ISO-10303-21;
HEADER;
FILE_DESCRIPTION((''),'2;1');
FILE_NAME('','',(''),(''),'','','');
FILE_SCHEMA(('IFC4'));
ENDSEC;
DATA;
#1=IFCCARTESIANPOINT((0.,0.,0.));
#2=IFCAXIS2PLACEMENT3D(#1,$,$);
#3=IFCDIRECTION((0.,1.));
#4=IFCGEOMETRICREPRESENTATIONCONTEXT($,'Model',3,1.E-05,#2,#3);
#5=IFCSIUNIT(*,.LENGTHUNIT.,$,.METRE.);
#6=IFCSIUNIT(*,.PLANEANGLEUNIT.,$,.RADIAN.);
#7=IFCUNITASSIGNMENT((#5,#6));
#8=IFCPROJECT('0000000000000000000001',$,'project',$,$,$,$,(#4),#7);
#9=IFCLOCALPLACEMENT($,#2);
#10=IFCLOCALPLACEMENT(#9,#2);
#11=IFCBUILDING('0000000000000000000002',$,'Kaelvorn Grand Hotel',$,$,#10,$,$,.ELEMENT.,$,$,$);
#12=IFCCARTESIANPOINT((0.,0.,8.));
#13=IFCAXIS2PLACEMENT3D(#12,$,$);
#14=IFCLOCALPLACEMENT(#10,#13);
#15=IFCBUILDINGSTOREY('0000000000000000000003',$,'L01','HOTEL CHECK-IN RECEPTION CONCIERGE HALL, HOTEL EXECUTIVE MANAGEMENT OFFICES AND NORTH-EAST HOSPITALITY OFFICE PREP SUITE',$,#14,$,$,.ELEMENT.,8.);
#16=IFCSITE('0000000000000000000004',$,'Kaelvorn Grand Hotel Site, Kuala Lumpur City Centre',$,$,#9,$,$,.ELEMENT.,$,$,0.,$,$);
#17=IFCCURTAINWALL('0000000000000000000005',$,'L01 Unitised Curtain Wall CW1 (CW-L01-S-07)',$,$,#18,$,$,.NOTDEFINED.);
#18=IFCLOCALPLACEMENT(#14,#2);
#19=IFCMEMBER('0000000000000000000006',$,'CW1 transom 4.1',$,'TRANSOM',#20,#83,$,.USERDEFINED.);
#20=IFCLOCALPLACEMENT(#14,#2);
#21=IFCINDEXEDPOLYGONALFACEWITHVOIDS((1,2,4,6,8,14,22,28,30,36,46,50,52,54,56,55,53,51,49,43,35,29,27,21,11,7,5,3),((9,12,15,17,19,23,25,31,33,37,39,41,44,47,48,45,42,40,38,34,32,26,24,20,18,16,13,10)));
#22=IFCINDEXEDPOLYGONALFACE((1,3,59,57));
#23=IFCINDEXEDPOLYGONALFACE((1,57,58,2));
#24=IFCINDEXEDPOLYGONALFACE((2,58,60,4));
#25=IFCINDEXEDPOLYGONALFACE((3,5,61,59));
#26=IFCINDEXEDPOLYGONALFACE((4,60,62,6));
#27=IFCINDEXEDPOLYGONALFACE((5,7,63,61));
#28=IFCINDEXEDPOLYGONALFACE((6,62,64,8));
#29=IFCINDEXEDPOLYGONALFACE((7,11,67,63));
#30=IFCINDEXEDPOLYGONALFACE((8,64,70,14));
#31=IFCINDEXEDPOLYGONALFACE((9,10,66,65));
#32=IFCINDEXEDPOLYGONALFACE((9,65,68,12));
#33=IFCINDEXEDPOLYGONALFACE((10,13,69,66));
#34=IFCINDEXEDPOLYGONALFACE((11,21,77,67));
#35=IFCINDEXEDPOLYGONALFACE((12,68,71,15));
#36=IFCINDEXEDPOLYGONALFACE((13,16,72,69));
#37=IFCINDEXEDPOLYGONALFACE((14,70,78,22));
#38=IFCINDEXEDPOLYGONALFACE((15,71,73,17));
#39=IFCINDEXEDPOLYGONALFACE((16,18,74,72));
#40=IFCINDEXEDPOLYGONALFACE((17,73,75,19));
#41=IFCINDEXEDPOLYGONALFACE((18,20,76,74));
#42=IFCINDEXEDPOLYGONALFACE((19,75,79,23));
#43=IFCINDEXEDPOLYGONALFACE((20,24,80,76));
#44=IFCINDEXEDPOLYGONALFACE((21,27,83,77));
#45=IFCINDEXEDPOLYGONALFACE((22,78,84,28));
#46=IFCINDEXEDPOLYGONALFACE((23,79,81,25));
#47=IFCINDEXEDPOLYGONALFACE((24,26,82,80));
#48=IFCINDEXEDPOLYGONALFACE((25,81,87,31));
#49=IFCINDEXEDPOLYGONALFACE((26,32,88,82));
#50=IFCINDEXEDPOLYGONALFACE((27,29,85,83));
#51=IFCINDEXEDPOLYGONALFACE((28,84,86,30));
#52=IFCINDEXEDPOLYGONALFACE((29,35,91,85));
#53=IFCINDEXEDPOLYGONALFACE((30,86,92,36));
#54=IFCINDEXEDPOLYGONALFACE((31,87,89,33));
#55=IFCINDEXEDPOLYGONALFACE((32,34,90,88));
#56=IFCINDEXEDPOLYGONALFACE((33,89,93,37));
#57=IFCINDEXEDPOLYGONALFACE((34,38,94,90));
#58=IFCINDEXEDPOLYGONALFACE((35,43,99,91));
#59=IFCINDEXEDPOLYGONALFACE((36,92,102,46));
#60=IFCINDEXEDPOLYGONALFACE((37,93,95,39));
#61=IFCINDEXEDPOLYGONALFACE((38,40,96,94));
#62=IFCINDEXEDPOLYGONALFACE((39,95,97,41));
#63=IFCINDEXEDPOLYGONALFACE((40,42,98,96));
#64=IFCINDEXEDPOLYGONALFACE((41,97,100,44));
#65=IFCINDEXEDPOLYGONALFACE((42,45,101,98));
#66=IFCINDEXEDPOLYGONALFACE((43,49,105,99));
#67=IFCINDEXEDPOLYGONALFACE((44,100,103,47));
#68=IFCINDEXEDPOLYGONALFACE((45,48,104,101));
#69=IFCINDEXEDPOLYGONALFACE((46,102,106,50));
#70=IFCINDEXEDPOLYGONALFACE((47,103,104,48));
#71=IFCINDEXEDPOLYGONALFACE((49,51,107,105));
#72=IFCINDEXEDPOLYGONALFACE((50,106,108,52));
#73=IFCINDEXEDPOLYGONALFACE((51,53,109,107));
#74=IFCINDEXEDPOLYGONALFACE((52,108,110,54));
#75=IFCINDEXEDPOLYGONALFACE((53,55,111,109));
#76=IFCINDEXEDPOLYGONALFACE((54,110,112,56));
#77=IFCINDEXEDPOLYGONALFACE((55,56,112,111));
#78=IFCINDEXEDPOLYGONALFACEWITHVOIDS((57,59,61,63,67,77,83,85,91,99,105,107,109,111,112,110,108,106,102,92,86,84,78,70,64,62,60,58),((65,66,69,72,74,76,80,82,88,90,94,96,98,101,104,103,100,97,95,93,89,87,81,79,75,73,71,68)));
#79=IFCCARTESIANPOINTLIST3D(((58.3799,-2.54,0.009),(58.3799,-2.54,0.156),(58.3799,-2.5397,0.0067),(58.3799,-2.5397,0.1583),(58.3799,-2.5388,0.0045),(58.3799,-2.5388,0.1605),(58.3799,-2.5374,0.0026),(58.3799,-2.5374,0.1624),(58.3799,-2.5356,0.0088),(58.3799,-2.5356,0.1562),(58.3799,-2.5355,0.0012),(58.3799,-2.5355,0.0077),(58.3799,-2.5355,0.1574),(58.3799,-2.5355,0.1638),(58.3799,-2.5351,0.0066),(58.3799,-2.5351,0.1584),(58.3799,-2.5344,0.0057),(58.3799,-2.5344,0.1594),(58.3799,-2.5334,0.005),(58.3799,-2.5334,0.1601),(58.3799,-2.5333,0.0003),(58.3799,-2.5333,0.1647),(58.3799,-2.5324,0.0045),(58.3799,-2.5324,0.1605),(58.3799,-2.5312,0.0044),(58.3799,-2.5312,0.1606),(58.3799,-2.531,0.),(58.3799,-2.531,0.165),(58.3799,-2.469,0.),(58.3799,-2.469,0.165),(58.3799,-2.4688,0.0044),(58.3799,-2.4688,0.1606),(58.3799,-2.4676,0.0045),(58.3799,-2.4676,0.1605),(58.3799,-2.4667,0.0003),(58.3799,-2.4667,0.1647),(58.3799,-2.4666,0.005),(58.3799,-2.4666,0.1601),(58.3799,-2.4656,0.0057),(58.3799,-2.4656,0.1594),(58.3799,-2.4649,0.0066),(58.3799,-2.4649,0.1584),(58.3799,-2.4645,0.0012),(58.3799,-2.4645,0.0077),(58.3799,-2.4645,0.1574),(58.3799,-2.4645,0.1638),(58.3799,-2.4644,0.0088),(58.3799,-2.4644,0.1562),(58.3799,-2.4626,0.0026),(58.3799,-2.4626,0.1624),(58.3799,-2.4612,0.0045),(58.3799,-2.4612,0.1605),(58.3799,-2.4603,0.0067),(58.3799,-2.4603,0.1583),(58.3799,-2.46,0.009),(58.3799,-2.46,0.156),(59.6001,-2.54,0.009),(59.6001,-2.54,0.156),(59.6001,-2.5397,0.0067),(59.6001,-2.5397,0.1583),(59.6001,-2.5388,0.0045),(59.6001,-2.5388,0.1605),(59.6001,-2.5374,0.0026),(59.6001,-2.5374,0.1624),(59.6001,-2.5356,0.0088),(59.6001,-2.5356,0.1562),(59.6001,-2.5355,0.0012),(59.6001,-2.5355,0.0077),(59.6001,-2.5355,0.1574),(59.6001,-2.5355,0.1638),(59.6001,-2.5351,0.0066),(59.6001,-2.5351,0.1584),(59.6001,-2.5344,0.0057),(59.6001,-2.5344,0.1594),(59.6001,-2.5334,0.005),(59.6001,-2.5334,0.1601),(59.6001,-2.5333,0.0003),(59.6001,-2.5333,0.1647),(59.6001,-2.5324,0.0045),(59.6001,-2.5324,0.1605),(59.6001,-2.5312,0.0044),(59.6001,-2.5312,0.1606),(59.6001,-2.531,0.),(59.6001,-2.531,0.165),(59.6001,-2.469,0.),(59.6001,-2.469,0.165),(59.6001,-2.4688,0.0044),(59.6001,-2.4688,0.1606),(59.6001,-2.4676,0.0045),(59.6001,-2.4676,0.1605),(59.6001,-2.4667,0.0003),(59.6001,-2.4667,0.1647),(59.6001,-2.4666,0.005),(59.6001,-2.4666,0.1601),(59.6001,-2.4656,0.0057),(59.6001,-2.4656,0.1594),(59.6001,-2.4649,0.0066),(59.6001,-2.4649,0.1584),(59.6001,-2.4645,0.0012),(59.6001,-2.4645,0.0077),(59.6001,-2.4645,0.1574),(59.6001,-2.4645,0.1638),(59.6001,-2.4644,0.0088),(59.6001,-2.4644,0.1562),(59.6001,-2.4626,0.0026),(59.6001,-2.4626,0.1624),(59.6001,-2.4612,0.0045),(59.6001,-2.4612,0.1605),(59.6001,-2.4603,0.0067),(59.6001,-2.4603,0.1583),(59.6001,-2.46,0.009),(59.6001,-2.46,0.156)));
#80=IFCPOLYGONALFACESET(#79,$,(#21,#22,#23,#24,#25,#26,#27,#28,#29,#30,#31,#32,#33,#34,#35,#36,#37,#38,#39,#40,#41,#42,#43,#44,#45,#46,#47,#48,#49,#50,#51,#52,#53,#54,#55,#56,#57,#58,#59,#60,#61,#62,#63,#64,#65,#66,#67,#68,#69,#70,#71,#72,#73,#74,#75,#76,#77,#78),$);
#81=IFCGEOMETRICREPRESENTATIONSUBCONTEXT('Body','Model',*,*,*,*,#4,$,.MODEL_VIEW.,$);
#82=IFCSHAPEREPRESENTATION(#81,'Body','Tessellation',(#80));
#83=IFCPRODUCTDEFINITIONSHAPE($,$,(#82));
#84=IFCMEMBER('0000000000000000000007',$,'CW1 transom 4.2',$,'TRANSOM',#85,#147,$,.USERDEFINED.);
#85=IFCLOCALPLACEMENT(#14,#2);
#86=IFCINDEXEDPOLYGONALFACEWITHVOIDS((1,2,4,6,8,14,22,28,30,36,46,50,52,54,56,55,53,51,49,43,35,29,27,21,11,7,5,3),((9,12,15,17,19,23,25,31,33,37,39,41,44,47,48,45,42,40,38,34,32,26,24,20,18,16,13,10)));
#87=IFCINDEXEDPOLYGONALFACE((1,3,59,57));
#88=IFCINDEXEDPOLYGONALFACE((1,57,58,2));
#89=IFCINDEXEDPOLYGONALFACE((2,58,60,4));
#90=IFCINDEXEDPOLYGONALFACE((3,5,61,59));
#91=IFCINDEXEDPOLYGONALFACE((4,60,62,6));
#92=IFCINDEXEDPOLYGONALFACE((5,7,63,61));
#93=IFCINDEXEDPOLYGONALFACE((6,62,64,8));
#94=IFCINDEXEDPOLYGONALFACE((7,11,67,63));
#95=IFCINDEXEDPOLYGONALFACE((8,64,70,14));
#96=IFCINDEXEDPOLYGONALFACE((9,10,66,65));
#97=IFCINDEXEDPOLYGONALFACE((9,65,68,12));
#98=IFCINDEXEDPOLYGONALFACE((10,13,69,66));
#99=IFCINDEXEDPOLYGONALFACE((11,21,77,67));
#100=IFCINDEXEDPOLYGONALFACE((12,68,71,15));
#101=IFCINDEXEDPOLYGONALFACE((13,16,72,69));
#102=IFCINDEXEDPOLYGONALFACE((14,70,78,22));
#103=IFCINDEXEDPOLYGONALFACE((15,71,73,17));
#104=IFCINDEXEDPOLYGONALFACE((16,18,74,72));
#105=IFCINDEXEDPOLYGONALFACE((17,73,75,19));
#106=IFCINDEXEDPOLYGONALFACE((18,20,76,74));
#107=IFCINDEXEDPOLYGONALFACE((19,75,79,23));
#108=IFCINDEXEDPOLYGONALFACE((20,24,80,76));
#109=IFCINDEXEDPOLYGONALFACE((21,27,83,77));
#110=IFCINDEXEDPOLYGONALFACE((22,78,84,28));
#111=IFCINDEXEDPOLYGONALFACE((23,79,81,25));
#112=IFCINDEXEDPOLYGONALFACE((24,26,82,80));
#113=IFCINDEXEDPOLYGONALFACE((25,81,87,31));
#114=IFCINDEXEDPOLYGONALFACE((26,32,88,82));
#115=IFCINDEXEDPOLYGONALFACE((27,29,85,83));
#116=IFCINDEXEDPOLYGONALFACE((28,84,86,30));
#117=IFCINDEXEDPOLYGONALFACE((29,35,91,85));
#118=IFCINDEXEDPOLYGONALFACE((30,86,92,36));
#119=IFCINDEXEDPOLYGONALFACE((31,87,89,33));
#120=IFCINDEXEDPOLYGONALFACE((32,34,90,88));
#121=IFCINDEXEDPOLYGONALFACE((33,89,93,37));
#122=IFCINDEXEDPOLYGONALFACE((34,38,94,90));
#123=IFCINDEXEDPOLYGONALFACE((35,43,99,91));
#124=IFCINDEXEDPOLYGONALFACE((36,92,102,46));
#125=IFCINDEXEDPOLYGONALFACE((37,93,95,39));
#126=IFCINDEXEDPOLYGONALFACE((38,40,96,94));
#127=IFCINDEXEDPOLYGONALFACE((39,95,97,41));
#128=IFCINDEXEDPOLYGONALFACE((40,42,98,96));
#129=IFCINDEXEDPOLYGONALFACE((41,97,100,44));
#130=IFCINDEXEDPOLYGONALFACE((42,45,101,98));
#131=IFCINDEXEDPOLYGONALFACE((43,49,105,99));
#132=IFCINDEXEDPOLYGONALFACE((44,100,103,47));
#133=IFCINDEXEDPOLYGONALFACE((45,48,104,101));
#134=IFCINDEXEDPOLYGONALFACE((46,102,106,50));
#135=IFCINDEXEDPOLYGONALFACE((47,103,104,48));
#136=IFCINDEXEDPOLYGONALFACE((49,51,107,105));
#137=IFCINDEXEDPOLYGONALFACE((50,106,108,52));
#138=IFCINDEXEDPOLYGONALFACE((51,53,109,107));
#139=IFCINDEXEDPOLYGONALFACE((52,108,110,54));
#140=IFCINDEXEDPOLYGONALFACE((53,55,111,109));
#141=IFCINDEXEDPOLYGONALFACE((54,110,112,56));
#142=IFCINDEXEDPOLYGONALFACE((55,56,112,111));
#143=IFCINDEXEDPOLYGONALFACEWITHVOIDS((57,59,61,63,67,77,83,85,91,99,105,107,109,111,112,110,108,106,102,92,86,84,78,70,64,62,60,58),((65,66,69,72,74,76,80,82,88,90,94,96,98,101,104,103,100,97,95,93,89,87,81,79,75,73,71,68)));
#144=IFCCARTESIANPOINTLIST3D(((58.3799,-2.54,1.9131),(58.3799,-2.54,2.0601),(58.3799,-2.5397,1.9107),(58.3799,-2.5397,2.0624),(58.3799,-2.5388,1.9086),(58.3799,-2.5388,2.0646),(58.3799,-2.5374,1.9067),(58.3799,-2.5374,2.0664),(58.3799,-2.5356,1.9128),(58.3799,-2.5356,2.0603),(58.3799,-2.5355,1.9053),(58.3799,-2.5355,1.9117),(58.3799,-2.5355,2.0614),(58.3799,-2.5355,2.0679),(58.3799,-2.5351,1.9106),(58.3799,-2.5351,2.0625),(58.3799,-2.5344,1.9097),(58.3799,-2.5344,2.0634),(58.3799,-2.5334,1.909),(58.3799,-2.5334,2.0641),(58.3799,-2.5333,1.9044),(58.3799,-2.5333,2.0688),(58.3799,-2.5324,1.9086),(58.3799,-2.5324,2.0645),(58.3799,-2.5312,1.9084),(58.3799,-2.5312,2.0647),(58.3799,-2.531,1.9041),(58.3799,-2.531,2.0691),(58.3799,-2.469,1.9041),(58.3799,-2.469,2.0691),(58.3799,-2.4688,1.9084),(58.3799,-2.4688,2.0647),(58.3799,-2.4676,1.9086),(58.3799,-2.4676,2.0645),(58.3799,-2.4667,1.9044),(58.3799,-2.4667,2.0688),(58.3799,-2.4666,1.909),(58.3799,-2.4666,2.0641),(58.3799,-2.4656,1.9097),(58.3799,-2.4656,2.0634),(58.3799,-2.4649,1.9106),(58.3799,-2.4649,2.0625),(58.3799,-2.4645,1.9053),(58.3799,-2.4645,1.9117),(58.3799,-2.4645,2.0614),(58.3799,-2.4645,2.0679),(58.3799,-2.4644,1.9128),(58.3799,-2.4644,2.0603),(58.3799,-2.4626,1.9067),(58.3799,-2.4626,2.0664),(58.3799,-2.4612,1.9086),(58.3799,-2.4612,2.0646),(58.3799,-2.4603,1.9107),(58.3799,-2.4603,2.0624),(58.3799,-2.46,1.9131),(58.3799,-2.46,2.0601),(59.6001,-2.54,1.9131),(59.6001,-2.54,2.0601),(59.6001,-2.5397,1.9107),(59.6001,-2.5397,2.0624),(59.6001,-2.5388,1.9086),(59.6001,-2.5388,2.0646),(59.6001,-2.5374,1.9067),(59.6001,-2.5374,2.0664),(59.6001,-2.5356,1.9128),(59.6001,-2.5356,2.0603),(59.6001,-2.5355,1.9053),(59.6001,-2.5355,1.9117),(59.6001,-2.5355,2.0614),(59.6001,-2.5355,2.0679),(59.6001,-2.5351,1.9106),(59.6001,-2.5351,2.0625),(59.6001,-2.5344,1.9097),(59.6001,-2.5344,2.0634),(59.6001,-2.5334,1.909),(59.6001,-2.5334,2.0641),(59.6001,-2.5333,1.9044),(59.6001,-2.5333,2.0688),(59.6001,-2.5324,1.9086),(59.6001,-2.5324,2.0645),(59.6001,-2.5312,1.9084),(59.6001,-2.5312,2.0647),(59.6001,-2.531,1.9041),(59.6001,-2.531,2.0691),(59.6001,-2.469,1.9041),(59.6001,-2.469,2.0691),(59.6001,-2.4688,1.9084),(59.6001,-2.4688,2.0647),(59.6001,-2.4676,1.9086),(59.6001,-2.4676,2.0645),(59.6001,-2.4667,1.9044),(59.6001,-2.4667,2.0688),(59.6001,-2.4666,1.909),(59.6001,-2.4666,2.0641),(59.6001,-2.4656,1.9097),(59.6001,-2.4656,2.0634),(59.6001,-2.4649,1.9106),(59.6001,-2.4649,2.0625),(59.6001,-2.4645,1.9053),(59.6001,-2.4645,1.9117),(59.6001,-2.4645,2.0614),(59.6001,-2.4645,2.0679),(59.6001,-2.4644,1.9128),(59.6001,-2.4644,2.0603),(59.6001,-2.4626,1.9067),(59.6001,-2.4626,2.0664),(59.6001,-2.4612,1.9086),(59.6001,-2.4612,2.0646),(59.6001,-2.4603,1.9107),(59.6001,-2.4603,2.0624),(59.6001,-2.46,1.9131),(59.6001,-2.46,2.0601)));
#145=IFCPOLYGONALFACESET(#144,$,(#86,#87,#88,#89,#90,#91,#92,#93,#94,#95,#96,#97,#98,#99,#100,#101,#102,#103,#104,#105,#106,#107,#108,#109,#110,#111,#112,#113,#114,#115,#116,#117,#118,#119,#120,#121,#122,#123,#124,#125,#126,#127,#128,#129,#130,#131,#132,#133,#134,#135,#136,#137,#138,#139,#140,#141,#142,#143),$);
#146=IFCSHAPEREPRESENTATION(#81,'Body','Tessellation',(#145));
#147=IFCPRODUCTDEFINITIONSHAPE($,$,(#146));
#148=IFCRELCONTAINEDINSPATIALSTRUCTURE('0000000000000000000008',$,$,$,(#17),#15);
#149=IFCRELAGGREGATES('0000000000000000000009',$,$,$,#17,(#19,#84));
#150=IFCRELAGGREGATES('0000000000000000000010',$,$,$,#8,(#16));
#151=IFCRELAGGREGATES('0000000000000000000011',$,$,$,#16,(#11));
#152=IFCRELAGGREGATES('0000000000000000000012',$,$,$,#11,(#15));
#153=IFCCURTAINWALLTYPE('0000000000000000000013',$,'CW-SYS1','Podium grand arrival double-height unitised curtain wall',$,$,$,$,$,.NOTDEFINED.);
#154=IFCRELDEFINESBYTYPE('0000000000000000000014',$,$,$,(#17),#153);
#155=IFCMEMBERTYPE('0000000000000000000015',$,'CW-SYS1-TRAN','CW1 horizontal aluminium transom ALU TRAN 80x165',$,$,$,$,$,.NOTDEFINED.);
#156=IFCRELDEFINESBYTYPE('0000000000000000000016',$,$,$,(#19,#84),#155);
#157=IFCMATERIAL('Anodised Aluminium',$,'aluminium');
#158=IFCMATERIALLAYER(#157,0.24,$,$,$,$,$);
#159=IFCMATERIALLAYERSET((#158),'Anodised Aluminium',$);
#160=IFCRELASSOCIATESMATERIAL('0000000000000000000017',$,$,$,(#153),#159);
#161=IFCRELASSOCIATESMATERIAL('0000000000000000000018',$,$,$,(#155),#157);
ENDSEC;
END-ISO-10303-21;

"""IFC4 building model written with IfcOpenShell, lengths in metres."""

from ifc_helpers import new_model, si_unit, direction, frame, origin, origin_2d, place, context, subcontext, project, spatial, hollow_rectangle, extrude, material, layer, layer_set, material_profile, profile_set, type_object, element, aggregate, save


model = new_model("IFC4")

# Units and contexts
model_context = context("Model", 3, precision=1e-05, world=origin(), true_north=direction((0.0, 1.0)))
body_context = subcontext(model_context, "Body", "Model", "MODEL_VIEW")
ifc_project = project(units=[si_unit("LENGTHUNIT", "METRE"), si_unit("PLANEANGLEUNIT", "RADIAN")], contexts=[model_context])

# Site, building, storey
site_placement = place(None, origin())
site = spatial("IfcSite", under=ifc_project, at=site_placement, Name="Kaelvorn Grand Hotel Site, Kuala Lumpur City Centre", CompositionType="ELEMENT", RefElevation=0.0)
building_placement = place(site_placement, origin())
building = spatial("IfcBuilding", under=site, at=building_placement, Name="Kaelvorn Grand Hotel", CompositionType="ELEMENT")
storey_placement = place(building_placement, frame((0.0, 0.0, 8.0)))
storey = spatial("IfcBuildingStorey", under=building, at=storey_placement, Name="L01", Description="HOTEL CHECK-IN RECEPTION CONCIERGE HALL, HOTEL EXECUTIVE MANAGEMENT OFFICES AND NORTH-EAST HOSPITALITY OFFICE PREP SUITE", CompositionType="ELEMENT", Elevation=8.0)

# Curtain wall
ifc_material_1 = material(Name="Anodised Aluminium", Category="aluminium")
ifc_layer_1 = layer(ifc_material_1, 0.24)
ifc_layer_set_1 = layer_set([ifc_layer_1], Name="Anodised Aluminium")
curtain_wall_type = type_object("IfcCurtainWallType", Name="CW-SYS1", Description="Podium grand arrival double-height unitised curtain wall", PredefinedType="NOTDEFINED", material=ifc_layer_set_1)
curtain_wall_1_placement = place(storey_placement, origin())
curtain_wall_1 = element("IfcCurtainWall", 1, at=curtain_wall_1_placement, inside=storey, type_object=curtain_wall_type, Name="L01 Unitised Curtain Wall CW1 (CW-L01-S-07)", PredefinedType="NOTDEFINED")

# Members
ifc_material_profile_1 = material_profile(ifc_material_1, hollow_rectangle(XDim=0.0801, YDim=0.165, WallThickness=0.0044, InnerFilletRadius=0.0044, OuterFilletRadius=0.009, at=origin_2d()), Name="ALU TRAN 80x165")
ifc_profile_set_1 = profile_set([ifc_material_profile_1], Name="Anodised Aluminium")
member_type_1 = type_object("IfcMemberType", Name="CW-SYS1-TRAN", Description="CW1 horizontal aluminium transom ALU TRAN 80x165", PredefinedType="NOTDEFINED", material=ifc_profile_set_1)
member_1_placement = place(storey_placement, frame((58.3799, -2.5, 0.0825), z_axis=(1.0, 0.0, 0.0), x_axis=(0.0, 1.0, 0.0)))
member_1 = element("IfcMember", 2, at=member_1_placement, type_object=member_type_1, Name="CW1 transom 4.1", ObjectType="TRANSOM", PredefinedType="USERDEFINED", context=body_context, shape_type="SweptSolid", body=[
    extrude(hollow_rectangle(XDim=0.0801, YDim=0.165, WallThickness=0.0044, InnerFilletRadius=0.0044, OuterFilletRadius=0.009, at=origin_2d()), origin(), (0.0, 0.0, 1.0), 1.2202),
])
member_2_placement = place(storey_placement, frame((58.3799, -2.5, 1.9866), z_axis=(1.0, 0.0, 0.0), x_axis=(0.0, 1.0, 0.0)))
member_2 = element("IfcMember", 3, at=member_2_placement, type_object=member_type_1, Name="CW1 transom 4.2", ObjectType="TRANSOM", PredefinedType="USERDEFINED", context=body_context, shape_type="SweptSolid", body=[
    extrude(hollow_rectangle(XDim=0.0801, YDim=0.165, WallThickness=0.0044, InnerFilletRadius=0.0044, OuterFilletRadius=0.009, at=origin_2d()), origin(), (0.0, 0.0, 1.0), 1.2202),
])

aggregate(curtain_wall_1, [member_1, member_2])

save(model, "model.ifc")
